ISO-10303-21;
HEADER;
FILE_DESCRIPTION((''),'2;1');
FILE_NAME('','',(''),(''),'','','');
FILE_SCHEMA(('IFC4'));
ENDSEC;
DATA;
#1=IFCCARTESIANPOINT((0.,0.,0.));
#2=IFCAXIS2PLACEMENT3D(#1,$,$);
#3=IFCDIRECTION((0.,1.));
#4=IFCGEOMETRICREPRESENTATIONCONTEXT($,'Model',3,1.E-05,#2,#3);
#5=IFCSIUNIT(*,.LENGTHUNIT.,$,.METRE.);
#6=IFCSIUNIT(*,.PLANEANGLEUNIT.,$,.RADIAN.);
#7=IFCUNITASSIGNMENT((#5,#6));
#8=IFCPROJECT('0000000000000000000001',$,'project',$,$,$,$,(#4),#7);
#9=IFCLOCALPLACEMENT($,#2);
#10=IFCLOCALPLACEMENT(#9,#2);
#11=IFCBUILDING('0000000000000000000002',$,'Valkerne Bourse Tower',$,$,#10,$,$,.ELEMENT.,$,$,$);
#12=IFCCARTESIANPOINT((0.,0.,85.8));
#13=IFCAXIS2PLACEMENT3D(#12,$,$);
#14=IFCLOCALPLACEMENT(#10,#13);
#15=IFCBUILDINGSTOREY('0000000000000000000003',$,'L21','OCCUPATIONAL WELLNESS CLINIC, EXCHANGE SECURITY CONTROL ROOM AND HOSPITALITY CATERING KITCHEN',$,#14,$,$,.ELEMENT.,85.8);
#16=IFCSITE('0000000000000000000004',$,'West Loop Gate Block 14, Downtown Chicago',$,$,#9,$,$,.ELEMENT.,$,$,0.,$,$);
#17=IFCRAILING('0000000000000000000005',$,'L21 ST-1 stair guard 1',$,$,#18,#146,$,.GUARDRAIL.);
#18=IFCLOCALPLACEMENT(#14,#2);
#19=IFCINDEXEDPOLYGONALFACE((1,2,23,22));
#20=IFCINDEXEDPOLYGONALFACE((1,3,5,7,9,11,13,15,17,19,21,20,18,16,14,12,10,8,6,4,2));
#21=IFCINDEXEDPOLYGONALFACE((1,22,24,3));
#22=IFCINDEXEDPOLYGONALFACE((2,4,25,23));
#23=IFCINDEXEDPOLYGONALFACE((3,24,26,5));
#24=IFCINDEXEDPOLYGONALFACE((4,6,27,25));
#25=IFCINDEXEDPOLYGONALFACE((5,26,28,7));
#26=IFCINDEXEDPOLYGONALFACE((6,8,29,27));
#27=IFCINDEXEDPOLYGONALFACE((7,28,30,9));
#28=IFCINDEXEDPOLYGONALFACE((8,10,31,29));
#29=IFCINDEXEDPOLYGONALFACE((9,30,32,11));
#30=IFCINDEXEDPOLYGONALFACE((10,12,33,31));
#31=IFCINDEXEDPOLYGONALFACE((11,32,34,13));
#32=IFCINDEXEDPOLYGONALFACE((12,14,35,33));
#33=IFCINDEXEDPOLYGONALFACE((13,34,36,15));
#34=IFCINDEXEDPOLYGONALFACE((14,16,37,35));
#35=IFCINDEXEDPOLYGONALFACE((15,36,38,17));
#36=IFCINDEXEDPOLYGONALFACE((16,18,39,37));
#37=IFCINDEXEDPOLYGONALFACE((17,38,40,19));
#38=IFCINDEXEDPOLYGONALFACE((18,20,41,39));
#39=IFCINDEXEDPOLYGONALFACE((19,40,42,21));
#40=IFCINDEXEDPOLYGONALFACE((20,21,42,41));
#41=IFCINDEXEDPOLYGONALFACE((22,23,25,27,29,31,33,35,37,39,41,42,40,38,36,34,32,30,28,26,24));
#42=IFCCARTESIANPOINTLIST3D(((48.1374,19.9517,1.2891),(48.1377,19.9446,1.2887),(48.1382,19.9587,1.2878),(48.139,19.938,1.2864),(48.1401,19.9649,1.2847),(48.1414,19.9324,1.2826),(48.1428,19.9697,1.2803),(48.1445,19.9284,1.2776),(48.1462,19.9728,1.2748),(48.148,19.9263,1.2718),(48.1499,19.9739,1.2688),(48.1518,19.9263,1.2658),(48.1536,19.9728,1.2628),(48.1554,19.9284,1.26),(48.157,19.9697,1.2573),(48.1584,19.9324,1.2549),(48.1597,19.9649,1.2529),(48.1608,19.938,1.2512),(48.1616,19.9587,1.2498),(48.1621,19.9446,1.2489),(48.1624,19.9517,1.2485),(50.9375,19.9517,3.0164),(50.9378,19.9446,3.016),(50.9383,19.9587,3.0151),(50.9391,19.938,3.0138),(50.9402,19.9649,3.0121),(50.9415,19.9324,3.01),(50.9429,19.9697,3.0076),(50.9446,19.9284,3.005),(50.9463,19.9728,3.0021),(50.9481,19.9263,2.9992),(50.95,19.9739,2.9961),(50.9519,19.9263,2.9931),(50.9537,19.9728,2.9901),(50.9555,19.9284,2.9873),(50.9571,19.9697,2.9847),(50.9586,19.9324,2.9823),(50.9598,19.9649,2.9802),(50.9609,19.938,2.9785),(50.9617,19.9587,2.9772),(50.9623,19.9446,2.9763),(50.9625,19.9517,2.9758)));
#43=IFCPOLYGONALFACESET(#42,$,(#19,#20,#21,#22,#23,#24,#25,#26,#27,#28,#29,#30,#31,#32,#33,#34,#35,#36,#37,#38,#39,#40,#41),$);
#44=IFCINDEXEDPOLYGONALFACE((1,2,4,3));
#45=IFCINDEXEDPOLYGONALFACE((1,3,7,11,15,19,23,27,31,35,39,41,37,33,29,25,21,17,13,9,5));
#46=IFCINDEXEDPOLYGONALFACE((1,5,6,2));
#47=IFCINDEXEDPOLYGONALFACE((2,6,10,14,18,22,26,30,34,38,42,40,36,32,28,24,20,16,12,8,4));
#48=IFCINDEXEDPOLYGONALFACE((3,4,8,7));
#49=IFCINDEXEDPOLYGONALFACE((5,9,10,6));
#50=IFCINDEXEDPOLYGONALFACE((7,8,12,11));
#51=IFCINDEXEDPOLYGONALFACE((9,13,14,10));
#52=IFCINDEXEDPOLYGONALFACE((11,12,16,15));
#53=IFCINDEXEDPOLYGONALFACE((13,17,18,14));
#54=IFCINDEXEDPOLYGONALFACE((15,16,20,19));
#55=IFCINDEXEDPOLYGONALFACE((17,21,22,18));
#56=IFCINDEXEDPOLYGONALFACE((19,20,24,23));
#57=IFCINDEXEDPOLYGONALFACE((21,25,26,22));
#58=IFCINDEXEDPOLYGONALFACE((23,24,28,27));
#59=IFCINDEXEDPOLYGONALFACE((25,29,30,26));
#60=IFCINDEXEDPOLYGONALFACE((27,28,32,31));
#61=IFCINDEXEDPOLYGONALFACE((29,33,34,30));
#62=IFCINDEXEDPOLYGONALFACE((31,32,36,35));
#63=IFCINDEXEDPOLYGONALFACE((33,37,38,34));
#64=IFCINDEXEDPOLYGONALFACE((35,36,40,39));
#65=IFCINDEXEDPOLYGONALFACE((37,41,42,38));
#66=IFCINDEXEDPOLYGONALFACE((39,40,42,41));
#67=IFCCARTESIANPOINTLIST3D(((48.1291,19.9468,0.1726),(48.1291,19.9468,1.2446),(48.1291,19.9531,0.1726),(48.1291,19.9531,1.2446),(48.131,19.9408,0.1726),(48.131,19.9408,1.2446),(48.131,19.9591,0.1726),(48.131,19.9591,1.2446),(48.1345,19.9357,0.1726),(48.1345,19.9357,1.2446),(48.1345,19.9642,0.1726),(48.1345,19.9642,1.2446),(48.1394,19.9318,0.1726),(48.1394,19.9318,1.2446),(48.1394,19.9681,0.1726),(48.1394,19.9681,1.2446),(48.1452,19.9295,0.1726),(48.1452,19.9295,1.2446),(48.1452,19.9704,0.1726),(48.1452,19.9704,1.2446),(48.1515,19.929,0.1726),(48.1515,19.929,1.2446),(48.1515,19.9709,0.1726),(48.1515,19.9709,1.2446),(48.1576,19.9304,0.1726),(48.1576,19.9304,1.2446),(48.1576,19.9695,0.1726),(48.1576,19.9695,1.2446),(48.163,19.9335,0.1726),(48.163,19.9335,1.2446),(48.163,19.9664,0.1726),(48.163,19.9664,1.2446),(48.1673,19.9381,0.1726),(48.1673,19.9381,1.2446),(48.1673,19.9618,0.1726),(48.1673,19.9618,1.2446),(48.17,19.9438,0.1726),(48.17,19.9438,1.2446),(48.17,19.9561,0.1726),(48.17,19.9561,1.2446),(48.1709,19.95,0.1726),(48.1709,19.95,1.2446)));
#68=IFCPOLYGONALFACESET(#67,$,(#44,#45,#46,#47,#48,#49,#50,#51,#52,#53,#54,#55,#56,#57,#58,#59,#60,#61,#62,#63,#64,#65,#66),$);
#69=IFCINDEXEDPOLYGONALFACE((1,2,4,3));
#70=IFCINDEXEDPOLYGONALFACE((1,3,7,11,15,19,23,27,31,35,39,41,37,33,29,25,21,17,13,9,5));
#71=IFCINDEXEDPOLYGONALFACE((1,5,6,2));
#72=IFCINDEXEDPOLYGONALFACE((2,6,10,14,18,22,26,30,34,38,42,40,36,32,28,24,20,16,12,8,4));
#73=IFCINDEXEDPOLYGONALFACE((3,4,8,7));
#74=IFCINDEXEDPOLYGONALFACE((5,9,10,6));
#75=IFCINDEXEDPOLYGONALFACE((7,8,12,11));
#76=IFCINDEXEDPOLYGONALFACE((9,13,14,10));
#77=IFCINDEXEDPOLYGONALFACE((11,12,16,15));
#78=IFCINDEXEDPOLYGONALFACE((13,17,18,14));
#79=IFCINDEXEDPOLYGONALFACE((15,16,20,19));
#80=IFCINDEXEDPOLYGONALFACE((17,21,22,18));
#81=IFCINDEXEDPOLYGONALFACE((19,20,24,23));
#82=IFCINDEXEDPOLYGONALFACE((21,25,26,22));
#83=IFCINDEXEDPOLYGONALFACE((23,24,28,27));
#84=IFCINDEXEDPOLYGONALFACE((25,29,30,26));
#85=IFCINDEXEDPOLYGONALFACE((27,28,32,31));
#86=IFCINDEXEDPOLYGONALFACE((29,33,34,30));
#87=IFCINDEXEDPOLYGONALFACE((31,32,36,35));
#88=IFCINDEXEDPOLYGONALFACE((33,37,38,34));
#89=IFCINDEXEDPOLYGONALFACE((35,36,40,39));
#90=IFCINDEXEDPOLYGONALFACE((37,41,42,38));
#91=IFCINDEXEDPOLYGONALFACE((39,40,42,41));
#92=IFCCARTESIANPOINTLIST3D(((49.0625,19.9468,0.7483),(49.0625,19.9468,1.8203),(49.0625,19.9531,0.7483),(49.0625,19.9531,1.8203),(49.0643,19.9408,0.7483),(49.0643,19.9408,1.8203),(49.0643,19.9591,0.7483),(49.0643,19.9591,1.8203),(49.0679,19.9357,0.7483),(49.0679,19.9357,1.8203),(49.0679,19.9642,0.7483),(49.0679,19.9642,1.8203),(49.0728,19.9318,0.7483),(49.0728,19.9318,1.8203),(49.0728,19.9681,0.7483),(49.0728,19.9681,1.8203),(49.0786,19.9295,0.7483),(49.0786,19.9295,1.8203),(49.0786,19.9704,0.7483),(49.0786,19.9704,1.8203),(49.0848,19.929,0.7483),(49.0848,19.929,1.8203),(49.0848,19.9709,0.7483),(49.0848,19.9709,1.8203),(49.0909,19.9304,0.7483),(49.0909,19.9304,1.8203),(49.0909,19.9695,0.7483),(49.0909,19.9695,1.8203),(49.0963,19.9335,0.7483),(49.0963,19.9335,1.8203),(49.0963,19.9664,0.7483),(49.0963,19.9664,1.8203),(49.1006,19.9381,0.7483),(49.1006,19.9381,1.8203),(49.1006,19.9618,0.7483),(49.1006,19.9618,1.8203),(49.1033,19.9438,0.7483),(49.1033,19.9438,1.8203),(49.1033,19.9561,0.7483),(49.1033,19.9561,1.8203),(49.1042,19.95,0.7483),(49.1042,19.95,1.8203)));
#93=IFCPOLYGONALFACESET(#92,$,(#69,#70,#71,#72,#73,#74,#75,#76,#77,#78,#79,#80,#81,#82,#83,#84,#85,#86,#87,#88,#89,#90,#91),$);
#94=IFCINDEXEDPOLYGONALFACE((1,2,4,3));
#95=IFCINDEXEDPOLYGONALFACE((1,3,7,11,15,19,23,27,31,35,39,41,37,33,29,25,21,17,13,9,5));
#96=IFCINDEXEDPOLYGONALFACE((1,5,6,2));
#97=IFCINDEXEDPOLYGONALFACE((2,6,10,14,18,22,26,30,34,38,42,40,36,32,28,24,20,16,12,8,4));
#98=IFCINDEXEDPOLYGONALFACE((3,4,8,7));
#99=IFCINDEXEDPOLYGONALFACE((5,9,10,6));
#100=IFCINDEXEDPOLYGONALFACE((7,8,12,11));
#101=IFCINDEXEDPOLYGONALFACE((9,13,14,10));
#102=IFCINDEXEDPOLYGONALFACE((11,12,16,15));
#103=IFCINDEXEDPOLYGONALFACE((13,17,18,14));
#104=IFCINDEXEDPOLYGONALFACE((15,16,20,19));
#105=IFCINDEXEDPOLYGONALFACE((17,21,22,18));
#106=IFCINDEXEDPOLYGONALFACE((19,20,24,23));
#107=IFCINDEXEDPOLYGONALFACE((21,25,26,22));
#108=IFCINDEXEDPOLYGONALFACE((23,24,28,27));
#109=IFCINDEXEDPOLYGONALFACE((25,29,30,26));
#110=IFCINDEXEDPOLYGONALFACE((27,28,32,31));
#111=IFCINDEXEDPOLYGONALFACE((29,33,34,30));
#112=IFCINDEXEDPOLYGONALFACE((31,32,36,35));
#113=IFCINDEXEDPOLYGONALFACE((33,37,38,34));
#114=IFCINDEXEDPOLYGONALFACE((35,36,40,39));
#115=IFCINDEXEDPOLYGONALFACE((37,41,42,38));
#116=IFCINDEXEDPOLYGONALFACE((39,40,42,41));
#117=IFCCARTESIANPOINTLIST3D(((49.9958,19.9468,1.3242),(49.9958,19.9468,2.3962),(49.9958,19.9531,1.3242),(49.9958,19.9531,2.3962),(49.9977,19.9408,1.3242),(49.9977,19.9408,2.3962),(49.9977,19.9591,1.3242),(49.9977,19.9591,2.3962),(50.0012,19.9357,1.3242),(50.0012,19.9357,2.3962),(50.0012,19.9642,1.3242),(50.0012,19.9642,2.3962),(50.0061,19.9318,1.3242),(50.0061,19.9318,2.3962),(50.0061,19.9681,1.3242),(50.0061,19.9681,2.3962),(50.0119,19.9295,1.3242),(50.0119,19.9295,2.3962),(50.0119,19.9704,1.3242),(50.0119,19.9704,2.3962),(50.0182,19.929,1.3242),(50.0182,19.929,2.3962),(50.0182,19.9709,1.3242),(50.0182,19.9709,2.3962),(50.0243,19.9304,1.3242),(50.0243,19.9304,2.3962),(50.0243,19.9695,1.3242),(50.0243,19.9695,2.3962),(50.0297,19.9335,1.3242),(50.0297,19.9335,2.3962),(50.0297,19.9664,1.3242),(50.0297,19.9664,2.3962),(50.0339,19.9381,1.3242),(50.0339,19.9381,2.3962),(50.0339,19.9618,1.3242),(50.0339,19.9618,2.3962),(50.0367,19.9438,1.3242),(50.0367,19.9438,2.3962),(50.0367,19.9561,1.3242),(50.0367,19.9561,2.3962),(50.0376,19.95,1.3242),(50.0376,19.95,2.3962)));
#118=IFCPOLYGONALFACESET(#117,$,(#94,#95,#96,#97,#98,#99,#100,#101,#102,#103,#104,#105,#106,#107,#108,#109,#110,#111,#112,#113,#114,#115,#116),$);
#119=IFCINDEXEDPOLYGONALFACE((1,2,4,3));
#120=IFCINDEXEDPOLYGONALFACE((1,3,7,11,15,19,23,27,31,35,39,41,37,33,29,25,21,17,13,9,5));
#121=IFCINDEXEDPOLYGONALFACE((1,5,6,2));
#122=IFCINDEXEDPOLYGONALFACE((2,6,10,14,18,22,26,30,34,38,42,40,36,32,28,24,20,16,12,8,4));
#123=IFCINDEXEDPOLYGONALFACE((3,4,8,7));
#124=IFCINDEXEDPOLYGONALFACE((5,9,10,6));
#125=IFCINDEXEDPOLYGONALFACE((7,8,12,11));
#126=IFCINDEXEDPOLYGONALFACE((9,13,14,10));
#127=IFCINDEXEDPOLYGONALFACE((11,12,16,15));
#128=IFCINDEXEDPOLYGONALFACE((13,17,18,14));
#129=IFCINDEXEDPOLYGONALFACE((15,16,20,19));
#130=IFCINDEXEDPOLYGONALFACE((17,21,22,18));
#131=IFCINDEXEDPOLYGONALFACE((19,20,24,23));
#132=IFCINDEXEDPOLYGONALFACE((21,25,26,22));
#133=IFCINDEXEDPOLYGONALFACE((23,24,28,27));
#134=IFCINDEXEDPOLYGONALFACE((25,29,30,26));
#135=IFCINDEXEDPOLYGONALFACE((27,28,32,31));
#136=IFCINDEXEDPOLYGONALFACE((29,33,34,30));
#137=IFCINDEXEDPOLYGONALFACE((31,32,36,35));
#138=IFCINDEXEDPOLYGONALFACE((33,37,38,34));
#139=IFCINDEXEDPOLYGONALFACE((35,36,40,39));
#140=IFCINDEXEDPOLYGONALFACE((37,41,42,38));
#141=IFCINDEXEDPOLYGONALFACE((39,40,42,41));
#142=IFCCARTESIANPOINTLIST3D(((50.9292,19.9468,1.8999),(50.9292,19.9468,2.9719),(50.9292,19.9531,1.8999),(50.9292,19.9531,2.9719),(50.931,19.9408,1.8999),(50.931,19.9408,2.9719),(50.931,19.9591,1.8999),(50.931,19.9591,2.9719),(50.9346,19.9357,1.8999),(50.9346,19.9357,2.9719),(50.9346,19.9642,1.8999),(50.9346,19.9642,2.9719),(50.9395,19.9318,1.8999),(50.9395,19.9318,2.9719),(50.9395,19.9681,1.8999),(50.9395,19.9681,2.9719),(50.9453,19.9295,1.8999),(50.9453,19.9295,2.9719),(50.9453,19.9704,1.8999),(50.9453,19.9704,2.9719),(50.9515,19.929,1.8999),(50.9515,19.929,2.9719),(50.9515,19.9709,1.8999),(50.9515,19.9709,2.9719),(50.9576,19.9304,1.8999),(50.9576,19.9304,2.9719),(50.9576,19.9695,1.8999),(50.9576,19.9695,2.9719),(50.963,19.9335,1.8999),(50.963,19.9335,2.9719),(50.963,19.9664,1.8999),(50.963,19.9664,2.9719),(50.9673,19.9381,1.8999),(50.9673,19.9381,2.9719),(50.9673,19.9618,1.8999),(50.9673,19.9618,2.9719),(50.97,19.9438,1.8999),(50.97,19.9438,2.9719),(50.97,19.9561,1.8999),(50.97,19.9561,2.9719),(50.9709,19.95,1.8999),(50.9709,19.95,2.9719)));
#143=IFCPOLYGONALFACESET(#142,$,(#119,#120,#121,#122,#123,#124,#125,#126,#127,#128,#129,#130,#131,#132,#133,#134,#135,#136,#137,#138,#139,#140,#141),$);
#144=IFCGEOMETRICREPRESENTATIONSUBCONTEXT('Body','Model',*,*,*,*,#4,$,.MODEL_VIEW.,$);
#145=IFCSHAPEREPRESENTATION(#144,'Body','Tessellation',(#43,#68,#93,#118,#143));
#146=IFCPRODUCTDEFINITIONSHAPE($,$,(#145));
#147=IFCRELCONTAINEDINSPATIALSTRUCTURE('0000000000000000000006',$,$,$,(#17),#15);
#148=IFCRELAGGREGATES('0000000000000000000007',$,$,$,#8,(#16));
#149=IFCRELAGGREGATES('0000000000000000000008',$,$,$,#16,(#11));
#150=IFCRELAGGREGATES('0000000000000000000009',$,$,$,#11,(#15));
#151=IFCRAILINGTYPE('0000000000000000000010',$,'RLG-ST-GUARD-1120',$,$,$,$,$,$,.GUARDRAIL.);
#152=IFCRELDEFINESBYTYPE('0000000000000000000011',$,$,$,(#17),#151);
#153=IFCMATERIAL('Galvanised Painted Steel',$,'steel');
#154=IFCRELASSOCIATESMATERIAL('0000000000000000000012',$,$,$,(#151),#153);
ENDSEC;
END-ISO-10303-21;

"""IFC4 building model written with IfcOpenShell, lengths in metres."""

from ifc_helpers import new_model, si_unit, direction, frame, origin, origin_2d, place, context, subcontext, project, spatial, circle, extrude, material, type_object, element, save


model = new_model("IFC4")

# Units and contexts
model_context = context("Model", 3, precision=1e-05, world=origin(), true_north=direction((0.0, 1.0)))
body_context = subcontext(model_context, "Body", "Model", "MODEL_VIEW")
ifc_project = project(units=[si_unit("LENGTHUNIT", "METRE"), si_unit("PLANEANGLEUNIT", "RADIAN")], contexts=[model_context])

# Site, building, storey
site_placement = place(None, origin())
site = spatial("IfcSite", under=ifc_project, at=site_placement, Name="West Loop Gate Block 14, Downtown Chicago", CompositionType="ELEMENT", RefElevation=0.0)
building_placement = place(site_placement, origin())
building = spatial("IfcBuilding", under=site, at=building_placement, Name="Valkerne Bourse Tower", CompositionType="ELEMENT")
storey_placement = place(building_placement, frame((0.0, 0.0, 85.8)))
storey = spatial("IfcBuildingStorey", under=building, at=storey_placement, Name="L21", Description="OCCUPATIONAL WELLNESS CLINIC, EXCHANGE SECURITY CONTROL ROOM AND HOSPITALITY CATERING KITCHEN", CompositionType="ELEMENT", Elevation=85.8)

# Shared definitions
ifc_material_1 = material(Name="Galvanised Painted Steel", Category="steel")

# Railing
railing_type_1 = type_object("IfcRailingType", Name="RLG-ST-GUARD-1120", PredefinedType="GUARDRAIL", material=ifc_material_1)
railing_1_placement = place(storey_placement, frame((48.1499, 19.95, 0.1726)))
element("IfcRailing", 1, at=railing_1_placement, inside=storey, type_object=railing_type_1, Name="L21 ST-1 stair guard 1", PredefinedType="GUARDRAIL", context=body_context, shape_type="SweptSolid", body=[
    extrude(circle(Radius=0.0239, at=origin_2d()), frame((0.0, 0.0, 1.0962), z_axis=(0.85109, 0.0, 0.52502), x_axis=(0.0, 1.0, 0.0)), (0.0, 0.0, 1.0), 3.29),
    extrude(circle(Radius=0.021, at=origin_2d()), origin(), (0.0, 0.0, 1.0), 1.072),
    extrude(circle(Radius=0.021, at=origin_2d()), frame((0.9333, 0.0, 0.5757)), (0.0, 0.0, 1.0), 1.072),
    extrude(circle(Radius=0.021, at=origin_2d()), frame((1.8667, 0.0, 1.1516)), (0.0, 0.0, 1.0), 1.072),
    extrude(circle(Radius=0.021, at=origin_2d()), frame((2.8, 0.0, 1.7273)), (0.0, 0.0, 1.0), 1.072),
])

save(model, "model.ifc")
